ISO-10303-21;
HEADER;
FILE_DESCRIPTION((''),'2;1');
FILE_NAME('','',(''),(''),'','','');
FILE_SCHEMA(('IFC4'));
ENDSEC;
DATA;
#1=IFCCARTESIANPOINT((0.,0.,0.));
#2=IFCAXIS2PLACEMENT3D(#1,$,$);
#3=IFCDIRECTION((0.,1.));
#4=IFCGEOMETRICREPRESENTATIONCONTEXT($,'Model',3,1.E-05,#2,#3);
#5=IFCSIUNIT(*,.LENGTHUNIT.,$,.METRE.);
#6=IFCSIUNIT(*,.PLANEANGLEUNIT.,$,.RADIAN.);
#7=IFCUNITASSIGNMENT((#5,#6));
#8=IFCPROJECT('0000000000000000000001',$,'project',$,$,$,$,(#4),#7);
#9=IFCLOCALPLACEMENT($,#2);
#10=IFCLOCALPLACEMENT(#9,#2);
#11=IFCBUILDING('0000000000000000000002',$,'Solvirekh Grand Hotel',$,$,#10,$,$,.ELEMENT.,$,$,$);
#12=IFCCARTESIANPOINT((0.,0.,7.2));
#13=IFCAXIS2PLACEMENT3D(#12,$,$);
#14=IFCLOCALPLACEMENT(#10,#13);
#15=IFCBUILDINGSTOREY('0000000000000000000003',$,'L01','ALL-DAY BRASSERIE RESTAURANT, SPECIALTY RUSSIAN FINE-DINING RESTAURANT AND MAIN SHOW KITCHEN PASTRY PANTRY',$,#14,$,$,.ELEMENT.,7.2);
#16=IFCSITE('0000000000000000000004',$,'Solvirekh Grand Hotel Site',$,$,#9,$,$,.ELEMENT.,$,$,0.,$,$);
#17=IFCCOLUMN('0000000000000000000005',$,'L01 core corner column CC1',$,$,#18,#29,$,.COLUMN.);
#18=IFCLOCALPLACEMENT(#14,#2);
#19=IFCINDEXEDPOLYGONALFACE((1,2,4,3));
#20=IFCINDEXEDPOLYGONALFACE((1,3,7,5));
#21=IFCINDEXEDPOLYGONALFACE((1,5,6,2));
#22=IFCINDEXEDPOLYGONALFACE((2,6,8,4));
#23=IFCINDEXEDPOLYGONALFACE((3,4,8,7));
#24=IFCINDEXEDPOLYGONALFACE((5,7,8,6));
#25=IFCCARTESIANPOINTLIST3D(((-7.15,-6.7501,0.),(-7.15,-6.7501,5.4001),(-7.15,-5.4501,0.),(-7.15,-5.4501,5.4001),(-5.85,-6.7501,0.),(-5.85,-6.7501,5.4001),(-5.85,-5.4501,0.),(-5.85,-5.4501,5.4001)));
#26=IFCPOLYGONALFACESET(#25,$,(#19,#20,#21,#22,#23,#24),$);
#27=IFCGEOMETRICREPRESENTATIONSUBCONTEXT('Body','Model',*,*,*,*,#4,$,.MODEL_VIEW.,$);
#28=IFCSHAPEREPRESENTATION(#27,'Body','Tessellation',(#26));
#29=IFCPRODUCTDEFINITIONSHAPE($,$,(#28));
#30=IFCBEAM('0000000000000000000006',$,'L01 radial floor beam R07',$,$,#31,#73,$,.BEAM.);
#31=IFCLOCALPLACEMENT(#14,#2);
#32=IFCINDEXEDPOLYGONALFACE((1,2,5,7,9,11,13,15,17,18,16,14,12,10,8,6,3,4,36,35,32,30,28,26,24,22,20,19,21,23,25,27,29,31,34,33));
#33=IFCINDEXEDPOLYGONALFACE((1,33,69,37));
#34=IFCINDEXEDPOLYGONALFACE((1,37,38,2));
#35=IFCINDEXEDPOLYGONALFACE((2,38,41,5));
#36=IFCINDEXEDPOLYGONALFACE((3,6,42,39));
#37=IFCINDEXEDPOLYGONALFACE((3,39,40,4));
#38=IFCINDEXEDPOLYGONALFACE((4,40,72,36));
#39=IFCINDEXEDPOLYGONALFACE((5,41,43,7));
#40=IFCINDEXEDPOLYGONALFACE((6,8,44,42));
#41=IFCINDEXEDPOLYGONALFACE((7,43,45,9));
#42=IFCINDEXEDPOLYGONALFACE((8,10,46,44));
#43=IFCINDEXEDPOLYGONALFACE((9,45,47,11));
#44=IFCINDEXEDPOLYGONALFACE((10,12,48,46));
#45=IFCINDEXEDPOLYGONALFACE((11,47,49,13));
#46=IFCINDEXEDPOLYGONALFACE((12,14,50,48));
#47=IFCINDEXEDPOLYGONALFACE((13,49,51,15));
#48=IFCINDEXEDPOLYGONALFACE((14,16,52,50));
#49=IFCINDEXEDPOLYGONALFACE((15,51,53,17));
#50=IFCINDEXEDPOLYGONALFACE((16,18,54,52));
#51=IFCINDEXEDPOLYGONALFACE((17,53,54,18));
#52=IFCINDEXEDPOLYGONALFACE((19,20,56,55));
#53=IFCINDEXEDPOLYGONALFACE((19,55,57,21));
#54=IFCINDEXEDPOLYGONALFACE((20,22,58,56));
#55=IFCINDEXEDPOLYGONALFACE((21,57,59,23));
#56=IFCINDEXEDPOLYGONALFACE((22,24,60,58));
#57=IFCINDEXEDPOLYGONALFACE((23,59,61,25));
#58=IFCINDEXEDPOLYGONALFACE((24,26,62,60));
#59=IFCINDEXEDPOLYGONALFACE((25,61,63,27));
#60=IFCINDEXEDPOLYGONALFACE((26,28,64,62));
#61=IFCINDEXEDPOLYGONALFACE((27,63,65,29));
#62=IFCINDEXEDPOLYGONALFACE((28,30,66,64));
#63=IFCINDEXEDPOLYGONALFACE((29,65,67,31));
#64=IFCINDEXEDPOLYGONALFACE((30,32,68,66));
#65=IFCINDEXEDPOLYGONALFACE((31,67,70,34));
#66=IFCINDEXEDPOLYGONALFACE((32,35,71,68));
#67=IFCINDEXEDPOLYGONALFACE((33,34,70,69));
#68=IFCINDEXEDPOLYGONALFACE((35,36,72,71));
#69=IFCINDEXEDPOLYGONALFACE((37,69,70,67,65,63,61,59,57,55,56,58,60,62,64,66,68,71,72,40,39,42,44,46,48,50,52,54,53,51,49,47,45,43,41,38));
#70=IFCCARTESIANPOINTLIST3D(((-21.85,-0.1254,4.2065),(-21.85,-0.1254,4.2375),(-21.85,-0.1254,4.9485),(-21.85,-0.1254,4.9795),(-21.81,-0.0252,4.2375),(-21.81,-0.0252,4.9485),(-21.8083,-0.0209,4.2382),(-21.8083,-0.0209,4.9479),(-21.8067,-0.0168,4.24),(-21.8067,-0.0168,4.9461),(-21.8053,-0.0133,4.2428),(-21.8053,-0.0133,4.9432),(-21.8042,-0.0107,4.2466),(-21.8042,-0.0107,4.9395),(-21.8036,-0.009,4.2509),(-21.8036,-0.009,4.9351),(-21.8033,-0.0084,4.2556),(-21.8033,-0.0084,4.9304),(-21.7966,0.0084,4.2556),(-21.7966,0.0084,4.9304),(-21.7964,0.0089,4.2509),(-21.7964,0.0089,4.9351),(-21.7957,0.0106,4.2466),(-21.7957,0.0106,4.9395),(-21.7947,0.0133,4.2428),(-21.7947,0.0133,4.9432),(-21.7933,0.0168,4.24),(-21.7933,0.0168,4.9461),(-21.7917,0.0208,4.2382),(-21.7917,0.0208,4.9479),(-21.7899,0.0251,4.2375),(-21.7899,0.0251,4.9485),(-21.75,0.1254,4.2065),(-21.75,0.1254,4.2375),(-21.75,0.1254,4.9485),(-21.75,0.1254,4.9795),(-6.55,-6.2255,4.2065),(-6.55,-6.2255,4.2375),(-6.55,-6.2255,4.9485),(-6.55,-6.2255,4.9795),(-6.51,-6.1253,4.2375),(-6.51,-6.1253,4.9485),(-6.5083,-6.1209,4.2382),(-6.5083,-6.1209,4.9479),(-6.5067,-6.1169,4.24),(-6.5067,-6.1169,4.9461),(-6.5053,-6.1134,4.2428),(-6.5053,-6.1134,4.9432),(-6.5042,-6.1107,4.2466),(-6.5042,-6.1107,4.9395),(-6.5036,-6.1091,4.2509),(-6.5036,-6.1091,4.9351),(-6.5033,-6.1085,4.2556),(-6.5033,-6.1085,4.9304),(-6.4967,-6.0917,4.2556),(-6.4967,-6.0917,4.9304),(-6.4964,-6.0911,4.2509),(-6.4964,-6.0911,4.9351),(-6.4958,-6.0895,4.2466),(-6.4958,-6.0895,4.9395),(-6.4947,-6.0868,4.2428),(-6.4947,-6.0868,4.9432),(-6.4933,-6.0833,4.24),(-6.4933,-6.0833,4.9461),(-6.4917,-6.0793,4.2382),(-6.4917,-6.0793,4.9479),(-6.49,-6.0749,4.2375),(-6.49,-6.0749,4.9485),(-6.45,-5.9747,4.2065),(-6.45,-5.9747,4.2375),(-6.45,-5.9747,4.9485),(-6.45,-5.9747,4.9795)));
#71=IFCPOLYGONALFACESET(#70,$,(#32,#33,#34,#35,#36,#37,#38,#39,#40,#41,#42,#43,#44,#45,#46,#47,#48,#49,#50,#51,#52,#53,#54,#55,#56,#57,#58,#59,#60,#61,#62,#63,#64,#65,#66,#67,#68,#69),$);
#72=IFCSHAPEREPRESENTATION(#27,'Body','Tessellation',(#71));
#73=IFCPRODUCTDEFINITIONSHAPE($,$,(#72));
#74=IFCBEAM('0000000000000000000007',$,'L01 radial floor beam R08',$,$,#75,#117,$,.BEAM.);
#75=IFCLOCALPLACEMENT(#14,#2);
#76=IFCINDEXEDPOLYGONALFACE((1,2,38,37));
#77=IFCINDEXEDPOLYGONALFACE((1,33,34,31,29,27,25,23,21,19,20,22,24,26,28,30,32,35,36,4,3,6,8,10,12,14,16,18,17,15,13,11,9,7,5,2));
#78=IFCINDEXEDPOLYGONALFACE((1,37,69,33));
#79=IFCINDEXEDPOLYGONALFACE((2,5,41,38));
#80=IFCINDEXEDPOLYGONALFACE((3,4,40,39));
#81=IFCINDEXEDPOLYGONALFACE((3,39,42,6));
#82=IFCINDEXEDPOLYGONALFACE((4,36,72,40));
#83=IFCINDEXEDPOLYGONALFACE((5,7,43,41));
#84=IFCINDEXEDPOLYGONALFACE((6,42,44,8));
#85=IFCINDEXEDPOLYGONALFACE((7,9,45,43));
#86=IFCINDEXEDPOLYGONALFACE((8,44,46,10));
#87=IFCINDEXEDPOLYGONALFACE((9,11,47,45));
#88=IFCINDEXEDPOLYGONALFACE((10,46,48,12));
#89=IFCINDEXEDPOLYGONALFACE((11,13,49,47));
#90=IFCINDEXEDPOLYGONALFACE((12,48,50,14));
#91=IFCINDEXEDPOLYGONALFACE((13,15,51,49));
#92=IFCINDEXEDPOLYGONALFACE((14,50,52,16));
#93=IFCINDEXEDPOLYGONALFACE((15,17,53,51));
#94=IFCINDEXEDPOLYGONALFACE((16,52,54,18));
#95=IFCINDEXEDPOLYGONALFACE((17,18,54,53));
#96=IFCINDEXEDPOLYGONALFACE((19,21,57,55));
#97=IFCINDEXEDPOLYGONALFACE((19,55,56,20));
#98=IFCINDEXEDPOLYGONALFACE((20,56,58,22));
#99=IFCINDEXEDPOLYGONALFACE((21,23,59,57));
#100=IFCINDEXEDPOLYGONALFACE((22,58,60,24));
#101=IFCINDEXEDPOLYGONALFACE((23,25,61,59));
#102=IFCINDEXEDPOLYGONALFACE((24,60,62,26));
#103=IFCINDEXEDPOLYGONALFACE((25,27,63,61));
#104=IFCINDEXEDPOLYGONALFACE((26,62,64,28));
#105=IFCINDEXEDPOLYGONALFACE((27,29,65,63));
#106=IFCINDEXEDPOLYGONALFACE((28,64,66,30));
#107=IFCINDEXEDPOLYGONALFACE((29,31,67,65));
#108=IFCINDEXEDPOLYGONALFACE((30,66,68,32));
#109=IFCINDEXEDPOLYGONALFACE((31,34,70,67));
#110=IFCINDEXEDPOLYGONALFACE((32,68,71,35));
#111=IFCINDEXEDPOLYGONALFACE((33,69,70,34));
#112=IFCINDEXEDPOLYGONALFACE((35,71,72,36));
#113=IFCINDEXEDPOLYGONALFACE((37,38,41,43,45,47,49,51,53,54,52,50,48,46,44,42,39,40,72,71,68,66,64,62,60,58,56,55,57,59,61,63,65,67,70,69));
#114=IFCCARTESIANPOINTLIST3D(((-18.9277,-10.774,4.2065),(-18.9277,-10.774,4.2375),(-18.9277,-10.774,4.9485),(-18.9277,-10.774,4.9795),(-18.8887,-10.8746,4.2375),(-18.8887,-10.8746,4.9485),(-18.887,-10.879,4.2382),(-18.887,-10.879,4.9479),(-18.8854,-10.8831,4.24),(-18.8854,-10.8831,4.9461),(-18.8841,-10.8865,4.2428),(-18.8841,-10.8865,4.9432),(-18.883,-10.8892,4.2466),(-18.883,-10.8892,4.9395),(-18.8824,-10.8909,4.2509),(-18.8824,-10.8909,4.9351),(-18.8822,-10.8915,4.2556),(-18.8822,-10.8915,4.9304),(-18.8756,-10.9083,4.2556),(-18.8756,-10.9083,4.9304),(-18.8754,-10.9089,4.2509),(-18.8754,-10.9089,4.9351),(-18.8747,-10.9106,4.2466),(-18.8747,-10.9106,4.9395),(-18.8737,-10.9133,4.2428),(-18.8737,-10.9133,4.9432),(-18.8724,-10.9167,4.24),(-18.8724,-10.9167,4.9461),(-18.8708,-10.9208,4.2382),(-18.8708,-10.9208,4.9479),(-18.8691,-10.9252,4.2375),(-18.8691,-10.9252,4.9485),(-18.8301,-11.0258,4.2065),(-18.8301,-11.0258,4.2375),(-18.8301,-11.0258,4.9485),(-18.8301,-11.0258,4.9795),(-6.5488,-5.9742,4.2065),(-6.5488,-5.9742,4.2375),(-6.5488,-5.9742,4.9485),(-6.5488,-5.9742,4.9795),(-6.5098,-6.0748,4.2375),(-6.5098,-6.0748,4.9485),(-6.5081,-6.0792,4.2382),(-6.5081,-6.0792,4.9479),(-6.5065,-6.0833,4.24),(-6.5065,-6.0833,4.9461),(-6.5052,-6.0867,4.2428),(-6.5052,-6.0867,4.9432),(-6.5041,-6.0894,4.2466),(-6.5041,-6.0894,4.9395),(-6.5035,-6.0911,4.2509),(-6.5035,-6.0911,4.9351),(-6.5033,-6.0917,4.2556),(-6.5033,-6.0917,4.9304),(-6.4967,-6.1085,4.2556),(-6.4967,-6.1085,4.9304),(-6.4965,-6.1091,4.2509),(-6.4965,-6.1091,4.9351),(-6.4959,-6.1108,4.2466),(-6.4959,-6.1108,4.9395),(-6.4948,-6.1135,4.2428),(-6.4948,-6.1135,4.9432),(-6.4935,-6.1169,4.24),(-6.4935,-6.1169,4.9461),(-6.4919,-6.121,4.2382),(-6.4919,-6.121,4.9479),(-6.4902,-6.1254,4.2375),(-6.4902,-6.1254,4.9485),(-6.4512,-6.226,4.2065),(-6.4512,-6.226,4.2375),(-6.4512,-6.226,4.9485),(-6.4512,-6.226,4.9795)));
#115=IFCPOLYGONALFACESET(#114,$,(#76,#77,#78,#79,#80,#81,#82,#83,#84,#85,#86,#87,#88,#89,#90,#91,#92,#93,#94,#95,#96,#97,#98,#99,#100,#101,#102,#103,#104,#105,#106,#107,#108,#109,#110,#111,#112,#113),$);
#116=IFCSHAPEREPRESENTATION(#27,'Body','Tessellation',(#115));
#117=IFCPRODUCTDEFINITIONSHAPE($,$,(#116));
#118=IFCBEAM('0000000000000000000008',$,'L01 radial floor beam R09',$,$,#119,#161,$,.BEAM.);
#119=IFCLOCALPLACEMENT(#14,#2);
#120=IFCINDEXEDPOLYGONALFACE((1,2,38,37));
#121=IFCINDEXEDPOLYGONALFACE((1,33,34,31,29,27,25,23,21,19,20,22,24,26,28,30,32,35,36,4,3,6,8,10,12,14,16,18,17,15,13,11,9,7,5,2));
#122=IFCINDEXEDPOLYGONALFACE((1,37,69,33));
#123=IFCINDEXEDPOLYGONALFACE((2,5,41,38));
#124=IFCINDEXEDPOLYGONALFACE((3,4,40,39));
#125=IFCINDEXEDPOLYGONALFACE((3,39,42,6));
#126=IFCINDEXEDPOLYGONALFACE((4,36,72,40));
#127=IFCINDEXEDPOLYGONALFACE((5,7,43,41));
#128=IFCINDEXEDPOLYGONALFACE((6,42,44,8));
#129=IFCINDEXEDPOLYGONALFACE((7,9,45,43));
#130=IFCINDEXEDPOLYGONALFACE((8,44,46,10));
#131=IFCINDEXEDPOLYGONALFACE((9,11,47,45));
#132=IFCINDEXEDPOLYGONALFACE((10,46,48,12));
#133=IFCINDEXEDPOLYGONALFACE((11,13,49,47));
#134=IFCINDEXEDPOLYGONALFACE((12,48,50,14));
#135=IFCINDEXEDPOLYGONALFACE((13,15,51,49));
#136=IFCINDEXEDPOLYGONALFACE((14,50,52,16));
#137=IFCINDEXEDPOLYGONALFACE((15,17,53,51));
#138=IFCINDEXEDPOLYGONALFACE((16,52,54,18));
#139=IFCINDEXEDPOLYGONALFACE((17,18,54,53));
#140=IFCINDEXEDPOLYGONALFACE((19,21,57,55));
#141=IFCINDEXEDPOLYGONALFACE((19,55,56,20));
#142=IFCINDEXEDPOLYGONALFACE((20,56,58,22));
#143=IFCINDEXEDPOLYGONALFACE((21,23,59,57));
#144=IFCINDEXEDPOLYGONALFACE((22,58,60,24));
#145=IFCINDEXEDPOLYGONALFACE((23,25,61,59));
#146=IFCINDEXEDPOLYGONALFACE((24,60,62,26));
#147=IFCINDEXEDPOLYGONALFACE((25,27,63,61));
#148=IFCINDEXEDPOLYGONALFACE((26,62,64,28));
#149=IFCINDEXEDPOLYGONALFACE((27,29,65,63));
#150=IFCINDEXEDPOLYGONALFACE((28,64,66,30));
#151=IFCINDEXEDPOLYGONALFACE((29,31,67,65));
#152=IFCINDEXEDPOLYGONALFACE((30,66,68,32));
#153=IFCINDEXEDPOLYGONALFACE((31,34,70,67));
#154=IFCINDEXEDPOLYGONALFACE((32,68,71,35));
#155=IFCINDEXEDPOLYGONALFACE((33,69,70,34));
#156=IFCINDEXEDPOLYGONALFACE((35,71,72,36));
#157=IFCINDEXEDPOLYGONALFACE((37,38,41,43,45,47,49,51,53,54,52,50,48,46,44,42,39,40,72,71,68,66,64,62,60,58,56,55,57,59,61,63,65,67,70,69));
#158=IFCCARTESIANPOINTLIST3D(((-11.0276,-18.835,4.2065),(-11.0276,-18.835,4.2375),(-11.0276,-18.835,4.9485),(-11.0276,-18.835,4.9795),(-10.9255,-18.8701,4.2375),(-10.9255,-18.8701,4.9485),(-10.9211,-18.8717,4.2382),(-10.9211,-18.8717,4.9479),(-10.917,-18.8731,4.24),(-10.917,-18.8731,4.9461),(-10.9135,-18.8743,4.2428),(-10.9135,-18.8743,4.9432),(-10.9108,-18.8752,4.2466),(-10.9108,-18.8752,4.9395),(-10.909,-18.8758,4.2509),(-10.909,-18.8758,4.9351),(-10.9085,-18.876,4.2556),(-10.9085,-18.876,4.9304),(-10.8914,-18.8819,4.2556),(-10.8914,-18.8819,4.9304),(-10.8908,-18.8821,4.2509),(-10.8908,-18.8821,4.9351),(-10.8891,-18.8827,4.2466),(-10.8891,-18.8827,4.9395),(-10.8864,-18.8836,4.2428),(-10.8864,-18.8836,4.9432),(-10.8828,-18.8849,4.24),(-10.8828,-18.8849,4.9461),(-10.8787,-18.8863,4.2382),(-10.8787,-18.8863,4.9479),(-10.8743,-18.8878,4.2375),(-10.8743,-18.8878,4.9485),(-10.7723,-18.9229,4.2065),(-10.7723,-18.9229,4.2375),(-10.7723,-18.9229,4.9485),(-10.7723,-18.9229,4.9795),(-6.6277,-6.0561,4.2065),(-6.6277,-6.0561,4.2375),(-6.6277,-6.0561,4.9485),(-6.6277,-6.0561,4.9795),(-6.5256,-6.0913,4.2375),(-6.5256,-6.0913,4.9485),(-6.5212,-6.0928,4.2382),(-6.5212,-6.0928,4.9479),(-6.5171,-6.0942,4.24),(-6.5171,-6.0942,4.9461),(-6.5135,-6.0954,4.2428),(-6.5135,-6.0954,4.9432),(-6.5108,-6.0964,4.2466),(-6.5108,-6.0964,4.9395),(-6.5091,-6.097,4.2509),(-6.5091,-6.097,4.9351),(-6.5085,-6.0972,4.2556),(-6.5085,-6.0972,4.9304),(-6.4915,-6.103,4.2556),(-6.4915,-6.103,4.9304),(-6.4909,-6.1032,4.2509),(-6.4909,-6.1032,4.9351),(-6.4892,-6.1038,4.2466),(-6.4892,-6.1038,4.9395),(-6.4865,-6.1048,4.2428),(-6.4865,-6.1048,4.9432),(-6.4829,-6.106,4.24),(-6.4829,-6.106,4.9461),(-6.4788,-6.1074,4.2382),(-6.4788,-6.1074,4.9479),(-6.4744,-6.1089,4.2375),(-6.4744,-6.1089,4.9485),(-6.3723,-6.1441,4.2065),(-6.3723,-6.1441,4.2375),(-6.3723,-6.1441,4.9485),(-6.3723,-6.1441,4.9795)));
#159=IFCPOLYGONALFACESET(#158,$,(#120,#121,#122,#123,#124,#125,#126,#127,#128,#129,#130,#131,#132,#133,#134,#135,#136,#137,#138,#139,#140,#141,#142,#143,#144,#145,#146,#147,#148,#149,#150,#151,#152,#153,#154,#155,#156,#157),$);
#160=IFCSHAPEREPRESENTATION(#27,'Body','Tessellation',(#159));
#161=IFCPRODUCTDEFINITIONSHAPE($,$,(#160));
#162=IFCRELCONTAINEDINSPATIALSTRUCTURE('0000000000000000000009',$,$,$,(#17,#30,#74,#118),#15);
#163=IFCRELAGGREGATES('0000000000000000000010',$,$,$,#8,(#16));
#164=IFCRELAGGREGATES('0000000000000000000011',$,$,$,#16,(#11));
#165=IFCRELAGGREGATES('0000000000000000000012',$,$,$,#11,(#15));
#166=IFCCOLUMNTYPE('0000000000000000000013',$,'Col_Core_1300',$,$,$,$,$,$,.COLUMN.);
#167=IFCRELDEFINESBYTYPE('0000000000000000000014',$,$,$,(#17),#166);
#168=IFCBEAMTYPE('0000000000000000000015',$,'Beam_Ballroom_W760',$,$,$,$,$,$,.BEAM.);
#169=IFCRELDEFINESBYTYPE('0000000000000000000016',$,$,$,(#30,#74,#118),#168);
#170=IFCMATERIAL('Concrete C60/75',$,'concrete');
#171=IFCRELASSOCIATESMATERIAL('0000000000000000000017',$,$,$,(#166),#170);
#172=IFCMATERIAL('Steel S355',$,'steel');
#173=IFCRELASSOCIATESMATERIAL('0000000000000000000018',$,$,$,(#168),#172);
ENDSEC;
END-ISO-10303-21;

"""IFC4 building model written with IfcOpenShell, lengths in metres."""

from ifc_helpers import new_model, si_unit, direction, frame, origin, origin_2d, place, context, subcontext, project, spatial, rectangle, i_section, extrude, material, material_profile, profile_set, type_object, element, save


model = new_model("IFC4")

# Units and contexts
model_context = context("Model", 3, precision=1e-05, world=origin(), true_north=direction((0.0, 1.0)))
body_context = subcontext(model_context, "Body", "Model", "MODEL_VIEW")
ifc_project = project(units=[si_unit("LENGTHUNIT", "METRE"), si_unit("PLANEANGLEUNIT", "RADIAN")], contexts=[model_context])

# Site, building, storey
site_placement = place(None, origin())
site = spatial("IfcSite", under=ifc_project, at=site_placement, Name="Solvirekh Grand Hotel Site", CompositionType="ELEMENT", RefElevation=0.0)
building_placement = place(site_placement, origin())
building = spatial("IfcBuilding", under=site, at=building_placement, Name="Solvirekh Grand Hotel", CompositionType="ELEMENT")
storey_placement = place(building_placement, frame((0.0, 0.0, 7.2)))
storey = spatial("IfcBuildingStorey", under=building, at=storey_placement, Name="L01", Description="ALL-DAY BRASSERIE RESTAURANT, SPECIALTY RUSSIAN FINE-DINING RESTAURANT AND MAIN SHOW KITCHEN PASTRY PANTRY", CompositionType="ELEMENT", Elevation=7.2)

# Column
ifc_material_1 = material(Name="Concrete C60/75", Category="concrete")
ifc_material_profile_1 = material_profile(ifc_material_1, rectangle(XDim=1.3, YDim=1.3, at=origin_2d()), Name="RC 1300X1300")
ifc_profile_set_1 = profile_set([ifc_material_profile_1], Name="Concrete C60/75")
column_type = type_object("IfcColumnType", Name="Col_Core_1300", PredefinedType="COLUMN", material=ifc_profile_set_1)
column_placement = place(storey_placement, frame((-6.5, -6.1001, 0.0), z_axis=(0.0, 0.0, 1.0), x_axis=(1.0, 0.0, 0.0)))
element("IfcColumn", 1, at=column_placement, inside=storey, type_object=column_type, Name="L01 core corner column CC1", PredefinedType="COLUMN", context=body_context, shape_type="SweptSolid", body=[
    extrude(rectangle(XDim=1.3, YDim=1.3, at=origin_2d()), origin(), (0.0, 0.0, 1.0), 5.4001),
])

# Beams
ifc_material_2 = material(Name="Steel S355", Category="steel")
ifc_material_profile_2 = material_profile(ifc_material_2, i_section(OverallWidth=0.27, OverallDepth=0.7729, WebThickness=0.0181, FlangeThickness=0.031, FilletRadius=0.0181, at=origin_2d()), Name="W760X257")
ifc_profile_set_2 = profile_set([ifc_material_profile_2], Name="Steel S355")
beam_type_1 = type_object("IfcBeamType", Name="Beam_Ballroom_W760", PredefinedType="BEAM", material=ifc_profile_set_2)
beam_1_placement = place(storey_placement, frame((-6.5, -6.1001, 4.593), z_axis=(-0.928893, 0.370348, 0.0), x_axis=(-0.370348, -0.928893, 0.0)))
element("IfcBeam", 2, at=beam_1_placement, inside=storey, type_object=beam_type_1, Name="L01 radial floor beam R07", PredefinedType="BEAM", context=body_context, shape_type="SweptSolid", body=[
    extrude(i_section(OverallWidth=0.27, OverallDepth=0.7729, WebThickness=0.0181, FlangeThickness=0.031, FilletRadius=0.0181, at=origin_2d()), origin(), (0.0, 0.0, 1.0), 16.4712),
])
beam_2_placement = place(storey_placement, frame((-6.5, -6.1001, 4.593), z_axis=(-0.932366, -0.361516, 0.0), x_axis=(0.361516, -0.932366, 0.0)))
element("IfcBeam", 3, at=beam_2_placement, inside=storey, type_object=beam_type_1, Name="L01 radial floor beam R08", PredefinedType="BEAM", context=body_context, shape_type="SweptSolid", body=[
    extrude(i_section(OverallWidth=0.27, OverallDepth=0.7729, WebThickness=0.0181, FlangeThickness=0.031, FilletRadius=0.0181, at=origin_2d()), origin(), (0.0, 0.0, 1.0), 13.2769),
])
beam_3_placement = place(storey_placement, frame((-6.5, -6.1001, 4.593), z_axis=(-0.325555, -0.945523, 0.0), x_axis=(0.945523, -0.325555, 0.0)))
element("IfcBeam", 4, at=beam_3_placement, inside=storey, type_object=beam_type_1, Name="L01 radial floor beam R09", PredefinedType="BEAM", context=body_context, shape_type="SweptSolid", body=[
    extrude(i_section(OverallWidth=0.27, OverallDepth=0.7729, WebThickness=0.0181, FlangeThickness=0.031, FilletRadius=0.0181, at=origin_2d()), origin(), (0.0, 0.0, 1.0), 13.5151),
])

save(model, "model.ifc")
